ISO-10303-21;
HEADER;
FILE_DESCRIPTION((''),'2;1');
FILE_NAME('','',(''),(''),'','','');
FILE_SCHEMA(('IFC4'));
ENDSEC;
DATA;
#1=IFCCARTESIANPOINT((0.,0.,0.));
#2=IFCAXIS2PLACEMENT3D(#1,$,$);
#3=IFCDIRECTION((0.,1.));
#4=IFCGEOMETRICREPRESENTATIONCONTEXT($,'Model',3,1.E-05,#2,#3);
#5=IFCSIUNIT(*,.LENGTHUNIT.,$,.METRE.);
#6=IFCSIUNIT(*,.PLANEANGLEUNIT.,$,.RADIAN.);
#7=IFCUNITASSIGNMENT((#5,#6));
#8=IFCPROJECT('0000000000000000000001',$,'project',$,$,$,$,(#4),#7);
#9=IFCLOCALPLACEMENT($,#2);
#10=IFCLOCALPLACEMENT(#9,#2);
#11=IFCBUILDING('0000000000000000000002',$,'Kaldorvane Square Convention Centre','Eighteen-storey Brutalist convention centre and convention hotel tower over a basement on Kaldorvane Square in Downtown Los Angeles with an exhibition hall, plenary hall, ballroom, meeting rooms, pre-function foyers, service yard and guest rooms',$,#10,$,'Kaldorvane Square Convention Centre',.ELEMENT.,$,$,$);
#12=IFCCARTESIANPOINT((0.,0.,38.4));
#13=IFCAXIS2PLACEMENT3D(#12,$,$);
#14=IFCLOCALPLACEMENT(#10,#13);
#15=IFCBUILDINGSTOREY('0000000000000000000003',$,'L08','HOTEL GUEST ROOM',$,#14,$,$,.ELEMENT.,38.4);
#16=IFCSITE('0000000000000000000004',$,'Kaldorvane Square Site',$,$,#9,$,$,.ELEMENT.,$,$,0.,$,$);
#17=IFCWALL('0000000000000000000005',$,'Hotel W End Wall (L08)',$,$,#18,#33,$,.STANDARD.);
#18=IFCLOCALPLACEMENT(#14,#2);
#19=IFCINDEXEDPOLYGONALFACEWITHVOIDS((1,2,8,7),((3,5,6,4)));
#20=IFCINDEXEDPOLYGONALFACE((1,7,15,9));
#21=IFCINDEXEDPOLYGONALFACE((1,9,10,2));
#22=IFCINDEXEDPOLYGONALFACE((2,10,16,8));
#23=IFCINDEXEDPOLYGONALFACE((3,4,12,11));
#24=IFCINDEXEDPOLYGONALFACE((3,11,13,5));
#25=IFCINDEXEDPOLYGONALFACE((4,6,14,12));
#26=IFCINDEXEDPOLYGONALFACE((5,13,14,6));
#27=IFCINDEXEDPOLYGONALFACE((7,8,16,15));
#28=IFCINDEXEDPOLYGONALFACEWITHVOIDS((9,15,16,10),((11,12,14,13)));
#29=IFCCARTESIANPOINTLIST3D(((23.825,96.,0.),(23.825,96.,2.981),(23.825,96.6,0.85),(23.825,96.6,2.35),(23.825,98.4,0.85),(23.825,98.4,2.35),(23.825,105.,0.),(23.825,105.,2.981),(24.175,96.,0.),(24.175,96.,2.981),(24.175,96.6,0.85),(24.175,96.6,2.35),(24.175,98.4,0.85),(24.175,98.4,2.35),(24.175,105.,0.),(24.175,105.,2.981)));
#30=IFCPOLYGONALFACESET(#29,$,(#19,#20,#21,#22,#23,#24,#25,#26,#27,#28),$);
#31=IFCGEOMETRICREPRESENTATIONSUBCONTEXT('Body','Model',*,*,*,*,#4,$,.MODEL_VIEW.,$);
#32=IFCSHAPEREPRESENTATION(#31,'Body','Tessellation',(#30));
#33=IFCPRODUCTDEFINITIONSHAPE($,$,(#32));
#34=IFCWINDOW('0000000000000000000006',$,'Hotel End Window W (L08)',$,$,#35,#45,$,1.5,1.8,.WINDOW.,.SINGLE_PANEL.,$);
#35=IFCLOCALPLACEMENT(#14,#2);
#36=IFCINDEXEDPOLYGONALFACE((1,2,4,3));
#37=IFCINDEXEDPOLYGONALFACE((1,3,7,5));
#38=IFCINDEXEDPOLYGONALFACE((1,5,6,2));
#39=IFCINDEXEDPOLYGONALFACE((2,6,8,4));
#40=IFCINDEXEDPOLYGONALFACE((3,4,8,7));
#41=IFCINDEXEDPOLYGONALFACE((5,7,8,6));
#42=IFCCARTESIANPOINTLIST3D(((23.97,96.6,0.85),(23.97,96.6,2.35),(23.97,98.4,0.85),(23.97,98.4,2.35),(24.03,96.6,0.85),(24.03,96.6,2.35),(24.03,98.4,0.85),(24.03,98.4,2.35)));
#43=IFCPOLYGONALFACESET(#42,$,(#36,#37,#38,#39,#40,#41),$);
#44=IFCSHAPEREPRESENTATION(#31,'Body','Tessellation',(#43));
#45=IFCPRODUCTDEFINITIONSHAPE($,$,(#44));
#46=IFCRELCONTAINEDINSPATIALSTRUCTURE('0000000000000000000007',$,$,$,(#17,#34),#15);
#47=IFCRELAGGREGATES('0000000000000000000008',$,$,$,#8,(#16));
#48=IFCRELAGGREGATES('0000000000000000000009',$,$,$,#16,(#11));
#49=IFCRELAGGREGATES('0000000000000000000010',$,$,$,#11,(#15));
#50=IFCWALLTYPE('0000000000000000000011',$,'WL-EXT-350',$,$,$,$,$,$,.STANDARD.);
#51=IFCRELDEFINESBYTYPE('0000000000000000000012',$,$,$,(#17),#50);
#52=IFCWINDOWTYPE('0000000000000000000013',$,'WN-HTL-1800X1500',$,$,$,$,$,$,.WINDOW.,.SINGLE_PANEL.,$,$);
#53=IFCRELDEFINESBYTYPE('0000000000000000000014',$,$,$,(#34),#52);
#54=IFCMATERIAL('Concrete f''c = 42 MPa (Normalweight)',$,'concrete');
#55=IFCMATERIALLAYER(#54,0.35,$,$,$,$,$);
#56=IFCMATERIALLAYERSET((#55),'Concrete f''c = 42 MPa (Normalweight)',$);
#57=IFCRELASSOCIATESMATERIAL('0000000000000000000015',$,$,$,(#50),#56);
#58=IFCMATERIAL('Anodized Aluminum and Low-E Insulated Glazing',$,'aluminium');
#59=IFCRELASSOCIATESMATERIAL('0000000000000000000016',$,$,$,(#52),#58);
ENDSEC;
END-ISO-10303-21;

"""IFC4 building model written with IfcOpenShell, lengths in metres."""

from ifc_helpers import new_model, si_unit, direction, frame, frame_2d, origin, place, context, subcontext, project, spatial, rectangle, extrude, material, layer, layer_set, type_object, element, fill, save


model = new_model("IFC4")

# Units and contexts
model_context = context("Model", 3, precision=1e-05, world=origin(), true_north=direction((0.0, 1.0)))
body_context = subcontext(model_context, "Body", "Model", "MODEL_VIEW")
ifc_project = project(units=[si_unit("LENGTHUNIT", "METRE"), si_unit("PLANEANGLEUNIT", "RADIAN")], contexts=[model_context])

# Site, building, storey
site_placement = place(None, origin())
site = spatial("IfcSite", under=ifc_project, at=site_placement, Name="Kaldorvane Square Site", CompositionType="ELEMENT", RefElevation=0.0)
building_placement = place(site_placement, origin())
building = spatial("IfcBuilding", under=site, at=building_placement, Name="Kaldorvane Square Convention Centre", Description="Eighteen-storey Brutalist convention centre and convention hotel tower over a basement on Kaldorvane Square in Downtown Los Angeles with an exhibition hall, plenary hall, ballroom, meeting rooms, pre-function foyers, service yard and guest rooms", LongName="Kaldorvane Square Convention Centre", CompositionType="ELEMENT")
storey_placement = place(building_placement, frame((0.0, 0.0, 38.4)))
storey = spatial("IfcBuildingStorey", under=building, at=storey_placement, Name="L08", Description="HOTEL GUEST ROOM", CompositionType="ELEMENT", Elevation=38.4)

# Shared definitions
ifc_material_1 = material(Name="Anodized Aluminum and Low-E Insulated Glazing", Category="aluminium")

# Wall, opening, window
ifc_material_2 = material(Name="Concrete f'c = 42 MPa (Normalweight)", Category="concrete")
ifc_layer_1 = layer(ifc_material_2, 0.35)
ifc_layer_set_1 = layer_set([ifc_layer_1], Name="Concrete f'c = 42 MPa (Normalweight)")
wall_type = type_object("IfcWallType", Name="WL-EXT-350", PredefinedType="STANDARD", material=ifc_layer_set_1)
wall_placement = place(storey_placement, frame((24.0, 105.0, 0.0), z_axis=(0.0, 0.0, 1.0), x_axis=(0.0, -1.0, 0.0)))
wall = element("IfcWall", 1, at=wall_placement, inside=storey, type_object=wall_type, Name="Hotel W End Wall (L08)", PredefinedType="STANDARD", context=body_context, shape_type="SweptSolid", body=[
    extrude(rectangle(XDim=9.0, YDim=0.35, at=frame_2d((4.5, 0.0))), origin(), (0.0, 0.0, 1.0), 2.981),
])
opening_placement = place(wall_placement, frame((6.6, 0.0, 0.85)))
opening = element("IfcOpeningElement", 2, at=opening_placement, cuts=wall, PredefinedType="OPENING", context=body_context, shape_type="SweptSolid", body=[
    extrude(rectangle(XDim=1.8, YDim=1.5, at=frame_2d((0.9, 0.75))), frame((0.0, 0.19, 0.0), z_axis=(0.0, -1.0, 0.0), x_axis=(1.0, 0.0, 0.0)), (0.0, 0.0, 1.0), 0.38),
])
window_type = type_object("IfcWindowType", Name="WN-HTL-1800X1500", PartitioningType="SINGLE_PANEL", PredefinedType="WINDOW", material=ifc_material_1)
window_placement = place(opening_placement, origin())
window = element("IfcWindow", 3, at=window_placement, inside=storey, type_object=window_type, Name="Hotel End Window W (L08)", OverallHeight=1.5, OverallWidth=1.8, PartitioningType="SINGLE_PANEL", PredefinedType="WINDOW", context=body_context, shape_type="SweptSolid", body=[
    extrude(rectangle(XDim=1.8, YDim=1.5, at=frame_2d((0.9, 0.75))), frame((0.0, 0.03, 0.0), z_axis=(0.0, -1.0, 0.0), x_axis=(1.0, 0.0, 0.0)), (0.0, 0.0, 1.0), 0.06),
])
fill(opening, window)

save(model, "model.ifc")
